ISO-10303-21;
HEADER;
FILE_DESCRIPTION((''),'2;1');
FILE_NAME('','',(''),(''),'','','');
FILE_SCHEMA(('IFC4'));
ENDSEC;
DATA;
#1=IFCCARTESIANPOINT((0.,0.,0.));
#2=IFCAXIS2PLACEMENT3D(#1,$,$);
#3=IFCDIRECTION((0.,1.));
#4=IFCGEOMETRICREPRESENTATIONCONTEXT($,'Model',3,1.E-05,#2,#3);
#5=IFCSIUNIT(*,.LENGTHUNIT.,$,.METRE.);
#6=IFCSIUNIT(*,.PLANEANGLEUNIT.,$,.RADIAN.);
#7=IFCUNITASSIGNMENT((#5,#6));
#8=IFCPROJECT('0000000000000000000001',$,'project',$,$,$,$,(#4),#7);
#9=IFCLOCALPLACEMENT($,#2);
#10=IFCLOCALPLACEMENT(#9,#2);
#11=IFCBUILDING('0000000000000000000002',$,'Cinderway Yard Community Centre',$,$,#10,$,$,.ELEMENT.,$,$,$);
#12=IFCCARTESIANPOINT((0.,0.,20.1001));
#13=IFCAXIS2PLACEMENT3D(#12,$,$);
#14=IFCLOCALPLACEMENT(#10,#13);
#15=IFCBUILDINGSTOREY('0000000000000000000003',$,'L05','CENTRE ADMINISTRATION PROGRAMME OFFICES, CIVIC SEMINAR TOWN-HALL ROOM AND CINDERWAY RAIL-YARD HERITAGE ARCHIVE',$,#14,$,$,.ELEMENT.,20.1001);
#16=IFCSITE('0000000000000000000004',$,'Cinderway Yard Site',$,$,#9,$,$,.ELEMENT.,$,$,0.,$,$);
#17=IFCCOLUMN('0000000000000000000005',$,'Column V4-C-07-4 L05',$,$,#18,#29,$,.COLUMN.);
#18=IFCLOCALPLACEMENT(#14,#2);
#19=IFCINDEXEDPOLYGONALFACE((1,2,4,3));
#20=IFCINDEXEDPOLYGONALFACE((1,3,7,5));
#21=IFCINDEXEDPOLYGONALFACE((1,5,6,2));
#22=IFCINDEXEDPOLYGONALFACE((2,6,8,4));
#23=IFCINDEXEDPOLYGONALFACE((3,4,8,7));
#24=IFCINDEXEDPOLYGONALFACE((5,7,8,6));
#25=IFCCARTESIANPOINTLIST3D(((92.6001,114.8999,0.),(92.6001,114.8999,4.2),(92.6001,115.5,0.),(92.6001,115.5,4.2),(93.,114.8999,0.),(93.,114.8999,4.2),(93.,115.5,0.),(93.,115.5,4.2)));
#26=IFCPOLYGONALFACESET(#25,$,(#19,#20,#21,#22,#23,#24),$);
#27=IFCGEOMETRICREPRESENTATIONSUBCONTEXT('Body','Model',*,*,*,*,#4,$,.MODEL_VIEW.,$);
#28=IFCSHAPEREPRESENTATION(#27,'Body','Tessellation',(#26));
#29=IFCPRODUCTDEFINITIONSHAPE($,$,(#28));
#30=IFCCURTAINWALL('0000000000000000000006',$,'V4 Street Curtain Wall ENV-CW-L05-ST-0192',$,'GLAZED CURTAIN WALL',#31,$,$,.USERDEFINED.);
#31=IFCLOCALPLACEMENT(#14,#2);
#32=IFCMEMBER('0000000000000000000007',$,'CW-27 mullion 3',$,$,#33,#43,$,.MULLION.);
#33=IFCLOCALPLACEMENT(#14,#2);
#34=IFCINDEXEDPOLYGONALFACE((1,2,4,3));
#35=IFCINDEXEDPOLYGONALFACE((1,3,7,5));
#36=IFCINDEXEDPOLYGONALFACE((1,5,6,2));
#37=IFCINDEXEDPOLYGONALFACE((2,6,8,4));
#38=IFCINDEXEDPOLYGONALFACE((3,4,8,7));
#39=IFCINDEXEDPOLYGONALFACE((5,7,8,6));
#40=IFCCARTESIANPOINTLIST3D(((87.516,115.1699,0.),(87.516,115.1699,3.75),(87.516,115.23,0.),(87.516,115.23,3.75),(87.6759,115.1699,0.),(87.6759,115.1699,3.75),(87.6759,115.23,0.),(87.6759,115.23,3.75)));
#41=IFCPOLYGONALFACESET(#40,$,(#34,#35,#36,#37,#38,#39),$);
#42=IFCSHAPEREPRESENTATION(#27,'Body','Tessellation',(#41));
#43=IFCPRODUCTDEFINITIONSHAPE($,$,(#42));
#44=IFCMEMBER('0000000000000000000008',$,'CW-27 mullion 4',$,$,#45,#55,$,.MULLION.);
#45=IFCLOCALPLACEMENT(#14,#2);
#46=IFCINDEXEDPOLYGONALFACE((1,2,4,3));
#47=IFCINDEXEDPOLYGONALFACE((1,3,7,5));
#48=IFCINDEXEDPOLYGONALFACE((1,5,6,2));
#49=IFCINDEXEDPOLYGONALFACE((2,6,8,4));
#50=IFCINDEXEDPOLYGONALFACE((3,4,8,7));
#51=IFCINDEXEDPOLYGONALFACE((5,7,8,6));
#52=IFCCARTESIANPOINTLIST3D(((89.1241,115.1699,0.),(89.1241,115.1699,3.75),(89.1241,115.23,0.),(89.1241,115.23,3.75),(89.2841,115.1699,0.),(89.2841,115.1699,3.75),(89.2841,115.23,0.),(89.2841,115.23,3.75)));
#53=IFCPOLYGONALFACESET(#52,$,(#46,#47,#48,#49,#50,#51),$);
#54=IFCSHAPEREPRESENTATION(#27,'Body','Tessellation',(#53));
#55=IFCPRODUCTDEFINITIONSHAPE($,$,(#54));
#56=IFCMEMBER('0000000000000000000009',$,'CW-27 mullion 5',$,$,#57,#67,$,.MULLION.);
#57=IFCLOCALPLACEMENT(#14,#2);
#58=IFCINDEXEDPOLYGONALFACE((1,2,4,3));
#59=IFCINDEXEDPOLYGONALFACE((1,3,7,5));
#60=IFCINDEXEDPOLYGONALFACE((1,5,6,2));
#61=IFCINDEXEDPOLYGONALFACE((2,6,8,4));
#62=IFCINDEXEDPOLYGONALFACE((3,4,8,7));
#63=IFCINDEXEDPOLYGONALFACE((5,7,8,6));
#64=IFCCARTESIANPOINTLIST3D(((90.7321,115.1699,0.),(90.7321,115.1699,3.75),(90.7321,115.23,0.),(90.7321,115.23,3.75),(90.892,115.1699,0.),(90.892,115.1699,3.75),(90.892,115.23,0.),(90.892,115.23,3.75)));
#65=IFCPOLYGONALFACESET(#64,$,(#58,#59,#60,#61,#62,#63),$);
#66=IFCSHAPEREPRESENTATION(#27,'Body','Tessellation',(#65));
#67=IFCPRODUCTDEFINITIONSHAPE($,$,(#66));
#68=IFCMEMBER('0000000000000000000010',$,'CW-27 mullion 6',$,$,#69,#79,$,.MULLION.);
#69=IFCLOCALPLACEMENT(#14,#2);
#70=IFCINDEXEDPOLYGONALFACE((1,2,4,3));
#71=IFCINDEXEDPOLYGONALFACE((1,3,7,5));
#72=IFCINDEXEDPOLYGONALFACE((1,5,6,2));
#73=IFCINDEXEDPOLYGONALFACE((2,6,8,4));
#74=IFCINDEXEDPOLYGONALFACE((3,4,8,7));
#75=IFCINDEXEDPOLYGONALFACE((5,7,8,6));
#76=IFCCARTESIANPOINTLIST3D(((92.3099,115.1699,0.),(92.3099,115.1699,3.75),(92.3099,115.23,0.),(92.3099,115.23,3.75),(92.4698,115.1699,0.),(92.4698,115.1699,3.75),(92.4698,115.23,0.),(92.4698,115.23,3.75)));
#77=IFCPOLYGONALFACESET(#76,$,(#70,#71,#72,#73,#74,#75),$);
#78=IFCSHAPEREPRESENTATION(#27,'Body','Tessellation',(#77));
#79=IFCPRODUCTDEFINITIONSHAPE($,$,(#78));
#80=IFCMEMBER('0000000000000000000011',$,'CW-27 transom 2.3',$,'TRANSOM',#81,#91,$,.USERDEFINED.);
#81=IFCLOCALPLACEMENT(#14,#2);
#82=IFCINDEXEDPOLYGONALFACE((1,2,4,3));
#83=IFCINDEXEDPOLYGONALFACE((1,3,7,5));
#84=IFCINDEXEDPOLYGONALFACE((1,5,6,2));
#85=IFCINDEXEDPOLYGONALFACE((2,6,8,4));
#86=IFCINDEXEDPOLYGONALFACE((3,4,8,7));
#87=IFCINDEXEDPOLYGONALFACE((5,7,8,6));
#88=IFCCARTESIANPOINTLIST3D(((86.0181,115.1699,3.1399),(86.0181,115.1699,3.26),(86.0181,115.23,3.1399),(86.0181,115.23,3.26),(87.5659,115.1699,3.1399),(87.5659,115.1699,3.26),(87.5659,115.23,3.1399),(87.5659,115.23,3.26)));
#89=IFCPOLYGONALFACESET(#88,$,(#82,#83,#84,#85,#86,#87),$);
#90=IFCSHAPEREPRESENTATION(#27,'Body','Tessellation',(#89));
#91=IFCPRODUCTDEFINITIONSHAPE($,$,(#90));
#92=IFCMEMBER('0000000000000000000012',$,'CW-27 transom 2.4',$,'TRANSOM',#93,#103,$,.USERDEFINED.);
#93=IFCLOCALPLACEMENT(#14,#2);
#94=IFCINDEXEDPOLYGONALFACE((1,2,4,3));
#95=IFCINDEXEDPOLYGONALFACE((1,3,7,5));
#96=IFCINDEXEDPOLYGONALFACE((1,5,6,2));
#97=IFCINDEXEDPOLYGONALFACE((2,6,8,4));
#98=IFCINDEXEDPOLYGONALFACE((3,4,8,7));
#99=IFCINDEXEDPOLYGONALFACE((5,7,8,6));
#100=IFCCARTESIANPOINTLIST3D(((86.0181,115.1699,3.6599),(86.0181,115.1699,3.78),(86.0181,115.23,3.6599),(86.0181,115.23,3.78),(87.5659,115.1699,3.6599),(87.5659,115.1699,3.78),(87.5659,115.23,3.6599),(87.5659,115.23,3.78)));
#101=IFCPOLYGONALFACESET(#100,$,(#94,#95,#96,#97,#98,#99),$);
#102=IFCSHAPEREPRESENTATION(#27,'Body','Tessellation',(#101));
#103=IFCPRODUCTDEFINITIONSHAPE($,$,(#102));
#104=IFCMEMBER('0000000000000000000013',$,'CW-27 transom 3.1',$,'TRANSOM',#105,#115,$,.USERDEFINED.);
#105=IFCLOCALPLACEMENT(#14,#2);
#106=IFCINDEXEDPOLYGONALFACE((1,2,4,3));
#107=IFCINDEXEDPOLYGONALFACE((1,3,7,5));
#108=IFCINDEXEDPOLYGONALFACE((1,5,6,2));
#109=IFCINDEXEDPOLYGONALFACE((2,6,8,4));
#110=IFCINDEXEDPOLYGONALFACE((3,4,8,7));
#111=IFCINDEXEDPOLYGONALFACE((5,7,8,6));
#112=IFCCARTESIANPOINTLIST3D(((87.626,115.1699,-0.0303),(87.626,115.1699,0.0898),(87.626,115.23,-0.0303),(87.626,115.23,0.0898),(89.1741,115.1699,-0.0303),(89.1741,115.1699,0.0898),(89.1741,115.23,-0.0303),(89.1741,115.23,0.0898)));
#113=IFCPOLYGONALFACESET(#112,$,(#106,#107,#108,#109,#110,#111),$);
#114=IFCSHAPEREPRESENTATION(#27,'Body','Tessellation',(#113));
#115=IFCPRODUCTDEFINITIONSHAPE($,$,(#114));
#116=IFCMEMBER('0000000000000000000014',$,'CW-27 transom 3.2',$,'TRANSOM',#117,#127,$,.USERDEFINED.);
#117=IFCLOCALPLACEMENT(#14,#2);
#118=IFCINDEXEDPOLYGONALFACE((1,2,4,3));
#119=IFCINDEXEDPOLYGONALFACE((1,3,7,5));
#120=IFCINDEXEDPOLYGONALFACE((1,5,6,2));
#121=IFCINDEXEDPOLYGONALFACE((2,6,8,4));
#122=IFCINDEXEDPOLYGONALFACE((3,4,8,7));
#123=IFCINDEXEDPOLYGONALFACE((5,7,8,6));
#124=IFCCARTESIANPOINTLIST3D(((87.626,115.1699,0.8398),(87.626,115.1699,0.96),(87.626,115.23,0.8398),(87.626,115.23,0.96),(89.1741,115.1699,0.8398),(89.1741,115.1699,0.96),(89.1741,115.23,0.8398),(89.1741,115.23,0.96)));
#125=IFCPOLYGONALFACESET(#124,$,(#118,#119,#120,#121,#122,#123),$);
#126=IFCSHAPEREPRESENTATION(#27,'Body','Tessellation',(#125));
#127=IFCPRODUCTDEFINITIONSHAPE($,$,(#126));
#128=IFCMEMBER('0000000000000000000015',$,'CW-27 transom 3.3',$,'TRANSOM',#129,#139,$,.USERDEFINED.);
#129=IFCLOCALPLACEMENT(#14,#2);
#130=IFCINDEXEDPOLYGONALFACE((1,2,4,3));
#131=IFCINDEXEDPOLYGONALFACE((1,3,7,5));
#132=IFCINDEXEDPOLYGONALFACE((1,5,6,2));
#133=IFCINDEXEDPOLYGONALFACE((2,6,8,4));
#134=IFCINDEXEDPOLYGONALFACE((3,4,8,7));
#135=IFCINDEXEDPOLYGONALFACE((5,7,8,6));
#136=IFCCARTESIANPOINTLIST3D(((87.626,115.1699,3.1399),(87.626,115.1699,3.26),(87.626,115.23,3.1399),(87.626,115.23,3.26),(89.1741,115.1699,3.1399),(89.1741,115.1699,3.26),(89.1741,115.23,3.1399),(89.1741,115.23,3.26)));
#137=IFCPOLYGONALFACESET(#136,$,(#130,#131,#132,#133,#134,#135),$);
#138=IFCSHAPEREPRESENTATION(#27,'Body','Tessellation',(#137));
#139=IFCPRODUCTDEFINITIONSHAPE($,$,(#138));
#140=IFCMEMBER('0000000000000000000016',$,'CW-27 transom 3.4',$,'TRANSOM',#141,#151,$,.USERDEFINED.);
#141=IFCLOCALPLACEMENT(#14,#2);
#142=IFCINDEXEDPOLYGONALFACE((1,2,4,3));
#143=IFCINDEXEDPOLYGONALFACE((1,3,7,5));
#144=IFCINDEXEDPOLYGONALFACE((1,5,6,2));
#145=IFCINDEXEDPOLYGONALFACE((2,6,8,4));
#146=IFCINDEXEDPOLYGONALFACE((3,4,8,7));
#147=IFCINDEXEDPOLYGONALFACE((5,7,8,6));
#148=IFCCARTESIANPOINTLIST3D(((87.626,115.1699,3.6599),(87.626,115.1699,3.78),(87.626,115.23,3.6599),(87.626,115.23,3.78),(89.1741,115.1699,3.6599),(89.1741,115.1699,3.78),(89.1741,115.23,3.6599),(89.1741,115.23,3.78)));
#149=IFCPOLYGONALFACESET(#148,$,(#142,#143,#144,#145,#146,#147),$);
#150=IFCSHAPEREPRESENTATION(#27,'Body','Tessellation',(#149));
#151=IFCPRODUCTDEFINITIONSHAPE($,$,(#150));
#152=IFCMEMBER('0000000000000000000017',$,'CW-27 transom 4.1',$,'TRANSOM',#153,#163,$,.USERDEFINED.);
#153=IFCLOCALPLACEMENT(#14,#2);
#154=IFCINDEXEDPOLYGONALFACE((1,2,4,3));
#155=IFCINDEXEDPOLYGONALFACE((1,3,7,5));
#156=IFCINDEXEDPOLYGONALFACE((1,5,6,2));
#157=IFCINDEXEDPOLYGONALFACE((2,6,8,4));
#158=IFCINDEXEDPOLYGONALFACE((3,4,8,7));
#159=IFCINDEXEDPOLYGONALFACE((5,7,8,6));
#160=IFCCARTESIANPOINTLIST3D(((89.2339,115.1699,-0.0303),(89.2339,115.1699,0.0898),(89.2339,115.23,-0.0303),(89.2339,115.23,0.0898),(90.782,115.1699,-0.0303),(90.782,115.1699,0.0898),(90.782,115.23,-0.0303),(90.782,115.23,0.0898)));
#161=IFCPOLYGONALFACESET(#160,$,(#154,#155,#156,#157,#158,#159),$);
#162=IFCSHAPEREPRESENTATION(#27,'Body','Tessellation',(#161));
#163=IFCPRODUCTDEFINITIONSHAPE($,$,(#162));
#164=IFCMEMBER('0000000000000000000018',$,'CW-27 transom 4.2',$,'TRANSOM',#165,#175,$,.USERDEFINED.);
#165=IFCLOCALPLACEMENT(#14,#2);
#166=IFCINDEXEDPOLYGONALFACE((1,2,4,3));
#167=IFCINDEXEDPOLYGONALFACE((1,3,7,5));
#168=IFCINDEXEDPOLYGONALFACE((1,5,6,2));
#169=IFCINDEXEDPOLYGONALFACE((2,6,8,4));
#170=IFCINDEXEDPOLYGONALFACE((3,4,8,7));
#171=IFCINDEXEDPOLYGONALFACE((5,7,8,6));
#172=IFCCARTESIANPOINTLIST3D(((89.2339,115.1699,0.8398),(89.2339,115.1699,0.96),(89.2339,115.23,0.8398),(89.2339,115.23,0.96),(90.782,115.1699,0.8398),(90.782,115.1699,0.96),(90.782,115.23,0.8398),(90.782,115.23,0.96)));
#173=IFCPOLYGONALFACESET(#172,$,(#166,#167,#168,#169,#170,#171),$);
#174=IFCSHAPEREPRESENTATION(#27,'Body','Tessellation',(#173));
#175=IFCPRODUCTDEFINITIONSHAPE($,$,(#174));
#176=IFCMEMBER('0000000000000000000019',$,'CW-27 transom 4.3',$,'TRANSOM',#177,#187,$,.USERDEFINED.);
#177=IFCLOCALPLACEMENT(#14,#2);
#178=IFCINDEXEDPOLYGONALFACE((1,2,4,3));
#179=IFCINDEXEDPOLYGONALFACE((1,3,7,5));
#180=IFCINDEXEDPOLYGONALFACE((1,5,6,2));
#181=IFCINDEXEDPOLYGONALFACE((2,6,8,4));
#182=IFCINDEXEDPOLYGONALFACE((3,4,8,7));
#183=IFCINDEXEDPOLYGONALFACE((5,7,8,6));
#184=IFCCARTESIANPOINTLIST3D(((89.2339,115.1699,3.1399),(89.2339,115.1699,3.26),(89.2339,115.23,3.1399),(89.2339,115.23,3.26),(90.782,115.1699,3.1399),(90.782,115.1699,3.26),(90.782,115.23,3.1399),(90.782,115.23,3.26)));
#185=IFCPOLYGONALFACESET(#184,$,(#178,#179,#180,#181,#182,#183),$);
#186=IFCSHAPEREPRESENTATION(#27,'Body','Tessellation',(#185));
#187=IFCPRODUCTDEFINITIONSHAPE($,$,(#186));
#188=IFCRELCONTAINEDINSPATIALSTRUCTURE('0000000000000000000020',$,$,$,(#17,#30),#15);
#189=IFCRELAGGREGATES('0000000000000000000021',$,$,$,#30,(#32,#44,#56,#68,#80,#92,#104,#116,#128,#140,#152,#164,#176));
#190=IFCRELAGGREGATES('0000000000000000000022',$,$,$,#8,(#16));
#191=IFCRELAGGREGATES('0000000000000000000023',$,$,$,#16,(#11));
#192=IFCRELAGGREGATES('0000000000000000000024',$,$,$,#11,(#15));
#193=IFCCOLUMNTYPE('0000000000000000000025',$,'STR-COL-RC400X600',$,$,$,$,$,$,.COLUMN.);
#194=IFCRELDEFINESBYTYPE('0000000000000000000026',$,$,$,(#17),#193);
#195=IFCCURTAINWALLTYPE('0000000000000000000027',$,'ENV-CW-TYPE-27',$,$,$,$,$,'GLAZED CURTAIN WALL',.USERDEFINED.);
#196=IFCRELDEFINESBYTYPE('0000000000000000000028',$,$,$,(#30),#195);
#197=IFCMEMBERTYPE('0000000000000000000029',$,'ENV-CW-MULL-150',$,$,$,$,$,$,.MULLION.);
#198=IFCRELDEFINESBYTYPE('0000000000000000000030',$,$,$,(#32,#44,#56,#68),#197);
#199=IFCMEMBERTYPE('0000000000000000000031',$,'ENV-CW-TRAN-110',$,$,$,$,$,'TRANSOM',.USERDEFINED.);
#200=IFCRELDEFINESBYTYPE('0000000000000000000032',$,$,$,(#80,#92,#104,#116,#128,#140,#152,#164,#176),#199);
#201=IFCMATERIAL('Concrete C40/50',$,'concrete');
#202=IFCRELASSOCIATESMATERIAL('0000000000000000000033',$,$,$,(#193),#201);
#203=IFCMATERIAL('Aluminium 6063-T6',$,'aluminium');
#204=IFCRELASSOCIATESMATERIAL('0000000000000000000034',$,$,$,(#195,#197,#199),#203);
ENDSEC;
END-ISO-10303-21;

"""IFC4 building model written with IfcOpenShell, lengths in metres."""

from ifc_helpers import new_model, si_unit, direction, frame, origin, origin_2d, place, context, subcontext, project, spatial, rectangle, extrude, material, material_profile, profile_set, type_object, element, aggregate, save


model = new_model("IFC4")

# Units and contexts
model_context = context("Model", 3, precision=1e-05, world=origin(), true_north=direction((0.0, 1.0)))
body_context = subcontext(model_context, "Body", "Model", "MODEL_VIEW")
ifc_project = project(units=[si_unit("LENGTHUNIT", "METRE"), si_unit("PLANEANGLEUNIT", "RADIAN")], contexts=[model_context])

# Site, building, storey
site_placement = place(None, origin())
site = spatial("IfcSite", under=ifc_project, at=site_placement, Name="Cinderway Yard Site", CompositionType="ELEMENT", RefElevation=0.0)
building_placement = place(site_placement, origin())
building = spatial("IfcBuilding", under=site, at=building_placement, Name="Cinderway Yard Community Centre", CompositionType="ELEMENT")
storey_placement = place(building_placement, frame((0.0, 0.0, 20.1001)))
storey = spatial("IfcBuildingStorey", under=building, at=storey_placement, Name="L05", Description="CENTRE ADMINISTRATION PROGRAMME OFFICES, CIVIC SEMINAR TOWN-HALL ROOM AND CINDERWAY RAIL-YARD HERITAGE ARCHIVE", CompositionType="ELEMENT", Elevation=20.1001)

# Column
ifc_material_1 = material(Name="Concrete C40/50", Category="concrete")
ifc_material_profile_1 = material_profile(ifc_material_1, rectangle(XDim=0.3999, YDim=0.6001, at=origin_2d()), Name="Concrete C40/50")
ifc_profile_set_1 = profile_set([ifc_material_profile_1], Name="Concrete C40/50")
column_type = type_object("IfcColumnType", Name="STR-COL-RC400X600", PredefinedType="COLUMN", material=ifc_profile_set_1)
column_placement = place(storey_placement, frame((92.8, 115.2, 0.0), z_axis=(0.0, 0.0, 1.0), x_axis=(1.0, 0.0, 0.0)))
element("IfcColumn", 1, at=column_placement, inside=storey, type_object=column_type, Name="Column V4-C-07-4 L05", PredefinedType="COLUMN", context=body_context, shape_type="SweptSolid", body=[
    extrude(rectangle(XDim=0.3999, YDim=0.6001, at=origin_2d()), origin(), (0.0, 0.0, 1.0), 4.2),
])

# Curtain wall, members
ifc_material_2 = material(Name="Aluminium 6063-T6", Category="aluminium")
curtain_wall_type = type_object("IfcCurtainWallType", Name="ENV-CW-TYPE-27", ElementType="GLAZED CURTAIN WALL", PredefinedType="USERDEFINED", material=ifc_material_2)
curtain_wall_placement = place(storey_placement, origin())
curtain_wall = element("IfcCurtainWall", 2, at=curtain_wall_placement, inside=storey, type_object=curtain_wall_type, Name="V4 Street Curtain Wall ENV-CW-L05-ST-0192", ObjectType="GLAZED CURTAIN WALL", PredefinedType="USERDEFINED")
ifc_material_profile_2 = material_profile(ifc_material_2, rectangle(XDim=0.0601, YDim=0.1599, at=origin_2d()), Name="Aluminium 6063-T6")
ifc_profile_set_2 = profile_set([ifc_material_profile_2], Name="Aluminium 6063-T6")
member_type_1 = type_object("IfcMemberType", Name="ENV-CW-MULL-150", PredefinedType="MULLION", material=ifc_profile_set_2)
member_1_placement = place(storey_placement, frame((87.5959, 115.2, 0.0), z_axis=(0.0, 0.0, 1.0), x_axis=(0.0, 1.0, 0.0)))
member_1 = element("IfcMember", 3, at=member_1_placement, type_object=member_type_1, Name="CW-27 mullion 3", PredefinedType="MULLION", context=body_context, shape_type="SweptSolid", body=[
    extrude(rectangle(XDim=0.0601, YDim=0.1599, at=origin_2d()), origin(), (0.0, 0.0, 1.0), 3.75),
])
member_2_placement = place(storey_placement, frame((89.2041, 115.2, 0.0), z_axis=(0.0, 0.0, 1.0), x_axis=(0.0, 1.0, 0.0)))
member_2 = element("IfcMember", 4, at=member_2_placement, type_object=member_type_1, Name="CW-27 mullion 4", PredefinedType="MULLION", context=body_context, shape_type="SweptSolid", body=[
    extrude(rectangle(XDim=0.0601, YDim=0.1599, at=origin_2d()), origin(), (0.0, 0.0, 1.0), 3.75),
])
member_3_placement = place(storey_placement, frame((90.812, 115.2, 0.0), z_axis=(0.0, 0.0, 1.0), x_axis=(0.0, 1.0, 0.0)))
member_3 = element("IfcMember", 5, at=member_3_placement, type_object=member_type_1, Name="CW-27 mullion 5", PredefinedType="MULLION", context=body_context, shape_type="SweptSolid", body=[
    extrude(rectangle(XDim=0.0601, YDim=0.1599, at=origin_2d()), origin(), (0.0, 0.0, 1.0), 3.75),
])
member_4_placement = place(storey_placement, frame((92.3899, 115.2, 0.0), z_axis=(0.0, 0.0, 1.0), x_axis=(0.0, 1.0, 0.0)))
member_4 = element("IfcMember", 6, at=member_4_placement, type_object=member_type_1, Name="CW-27 mullion 6", PredefinedType="MULLION", context=body_context, shape_type="SweptSolid", body=[
    extrude(rectangle(XDim=0.0601, YDim=0.1599, at=origin_2d()), origin(), (0.0, 0.0, 1.0), 3.75),
])
ifc_material_profile_3 = material_profile(ifc_material_2, rectangle(XDim=0.0601, YDim=0.1201, at=origin_2d()), Name="Aluminium 6063-T6")
ifc_profile_set_3 = profile_set([ifc_material_profile_3], Name="Aluminium 6063-T6")
member_type_2 = type_object("IfcMemberType", Name="ENV-CW-TRAN-110", ElementType="TRANSOM", PredefinedType="USERDEFINED", material=ifc_profile_set_3)
member_5_placement = place(storey_placement, frame((86.0181, 115.2, 3.2), z_axis=(1.0, 0.0, 0.0), x_axis=(0.0, 1.0, 0.0)))
member_5 = element("IfcMember", 7, at=member_5_placement, type_object=member_type_2, Name="CW-27 transom 2.3", ObjectType="TRANSOM", PredefinedType="USERDEFINED", context=body_context, shape_type="SweptSolid", body=[
    extrude(rectangle(XDim=0.0601, YDim=0.1201, at=origin_2d()), origin(), (0.0, 0.0, 1.0), 1.5479),
])
member_6_placement = place(storey_placement, frame((86.0181, 115.2, 3.72), z_axis=(1.0, 0.0, 0.0), x_axis=(0.0, 1.0, 0.0)))
member_6 = element("IfcMember", 8, at=member_6_placement, type_object=member_type_2, Name="CW-27 transom 2.4", ObjectType="TRANSOM", PredefinedType="USERDEFINED", context=body_context, shape_type="SweptSolid", body=[
    extrude(rectangle(XDim=0.0601, YDim=0.1201, at=origin_2d()), origin(), (0.0, 0.0, 1.0), 1.5479),
])
member_7_placement = place(storey_placement, frame((87.626, 115.2, 0.0298), z_axis=(1.0, 0.0, 0.0), x_axis=(0.0, 1.0, 0.0)))
member_7 = element("IfcMember", 9, at=member_7_placement, type_object=member_type_2, Name="CW-27 transom 3.1", ObjectType="TRANSOM", PredefinedType="USERDEFINED", context=body_context, shape_type="SweptSolid", body=[
    extrude(rectangle(XDim=0.0601, YDim=0.1201, at=origin_2d()), origin(), (0.0, 0.0, 1.0), 1.5481),
])
member_8_placement = place(storey_placement, frame((87.626, 115.2, 0.8999), z_axis=(1.0, 0.0, 0.0), x_axis=(0.0, 1.0, 0.0)))
member_8 = element("IfcMember", 10, at=member_8_placement, type_object=member_type_2, Name="CW-27 transom 3.2", ObjectType="TRANSOM", PredefinedType="USERDEFINED", context=body_context, shape_type="SweptSolid", body=[
    extrude(rectangle(XDim=0.0601, YDim=0.1201, at=origin_2d()), origin(), (0.0, 0.0, 1.0), 1.5481),
])
member_9_placement = place(storey_placement, frame((87.626, 115.2, 3.2), z_axis=(1.0, 0.0, 0.0), x_axis=(0.0, 1.0, 0.0)))
member_9 = element("IfcMember", 11, at=member_9_placement, type_object=member_type_2, Name="CW-27 transom 3.3", ObjectType="TRANSOM", PredefinedType="USERDEFINED", context=body_context, shape_type="SweptSolid", body=[
    extrude(rectangle(XDim=0.0601, YDim=0.1201, at=origin_2d()), origin(), (0.0, 0.0, 1.0), 1.5481),
])
member_10_placement = place(storey_placement, frame((87.626, 115.2, 3.72), z_axis=(1.0, 0.0, 0.0), x_axis=(0.0, 1.0, 0.0)))
member_10 = element("IfcMember", 12, at=member_10_placement, type_object=member_type_2, Name="CW-27 transom 3.4", ObjectType="TRANSOM", PredefinedType="USERDEFINED", context=body_context, shape_type="SweptSolid", body=[
    extrude(rectangle(XDim=0.0601, YDim=0.1201, at=origin_2d()), origin(), (0.0, 0.0, 1.0), 1.5481),
])
member_11_placement = place(storey_placement, frame((89.2339, 115.2, 0.0298), z_axis=(1.0, 0.0, 0.0), x_axis=(0.0, 1.0, 0.0)))
member_11 = element("IfcMember", 13, at=member_11_placement, type_object=member_type_2, Name="CW-27 transom 4.1", ObjectType="TRANSOM", PredefinedType="USERDEFINED", context=body_context, shape_type="SweptSolid", body=[
    extrude(rectangle(XDim=0.0601, YDim=0.1201, at=origin_2d()), origin(), (0.0, 0.0, 1.0), 1.5481),
])
member_12_placement = place(storey_placement, frame((89.2339, 115.2, 0.8999), z_axis=(1.0, 0.0, 0.0), x_axis=(0.0, 1.0, 0.0)))
member_12 = element("IfcMember", 14, at=member_12_placement, type_object=member_type_2, Name="CW-27 transom 4.2", ObjectType="TRANSOM", PredefinedType="USERDEFINED", context=body_context, shape_type="SweptSolid", body=[
    extrude(rectangle(XDim=0.0601, YDim=0.1201, at=origin_2d()), origin(), (0.0, 0.0, 1.0), 1.5481),
])
member_13_placement = place(storey_placement, frame((89.2339, 115.2, 3.2), z_axis=(1.0, 0.0, 0.0), x_axis=(0.0, 1.0, 0.0)))
member_13 = element("IfcMember", 15, at=member_13_placement, type_object=member_type_2, Name="CW-27 transom 4.3", ObjectType="TRANSOM", PredefinedType="USERDEFINED", context=body_context, shape_type="SweptSolid", body=[
    extrude(rectangle(XDim=0.0601, YDim=0.1201, at=origin_2d()), origin(), (0.0, 0.0, 1.0), 1.5481),
])

aggregate(curtain_wall, [member_1, member_2, member_3, member_4, member_5, member_6, member_7, member_8, member_9, member_10, member_11, member_12, member_13])

save(model, "model.ifc")
